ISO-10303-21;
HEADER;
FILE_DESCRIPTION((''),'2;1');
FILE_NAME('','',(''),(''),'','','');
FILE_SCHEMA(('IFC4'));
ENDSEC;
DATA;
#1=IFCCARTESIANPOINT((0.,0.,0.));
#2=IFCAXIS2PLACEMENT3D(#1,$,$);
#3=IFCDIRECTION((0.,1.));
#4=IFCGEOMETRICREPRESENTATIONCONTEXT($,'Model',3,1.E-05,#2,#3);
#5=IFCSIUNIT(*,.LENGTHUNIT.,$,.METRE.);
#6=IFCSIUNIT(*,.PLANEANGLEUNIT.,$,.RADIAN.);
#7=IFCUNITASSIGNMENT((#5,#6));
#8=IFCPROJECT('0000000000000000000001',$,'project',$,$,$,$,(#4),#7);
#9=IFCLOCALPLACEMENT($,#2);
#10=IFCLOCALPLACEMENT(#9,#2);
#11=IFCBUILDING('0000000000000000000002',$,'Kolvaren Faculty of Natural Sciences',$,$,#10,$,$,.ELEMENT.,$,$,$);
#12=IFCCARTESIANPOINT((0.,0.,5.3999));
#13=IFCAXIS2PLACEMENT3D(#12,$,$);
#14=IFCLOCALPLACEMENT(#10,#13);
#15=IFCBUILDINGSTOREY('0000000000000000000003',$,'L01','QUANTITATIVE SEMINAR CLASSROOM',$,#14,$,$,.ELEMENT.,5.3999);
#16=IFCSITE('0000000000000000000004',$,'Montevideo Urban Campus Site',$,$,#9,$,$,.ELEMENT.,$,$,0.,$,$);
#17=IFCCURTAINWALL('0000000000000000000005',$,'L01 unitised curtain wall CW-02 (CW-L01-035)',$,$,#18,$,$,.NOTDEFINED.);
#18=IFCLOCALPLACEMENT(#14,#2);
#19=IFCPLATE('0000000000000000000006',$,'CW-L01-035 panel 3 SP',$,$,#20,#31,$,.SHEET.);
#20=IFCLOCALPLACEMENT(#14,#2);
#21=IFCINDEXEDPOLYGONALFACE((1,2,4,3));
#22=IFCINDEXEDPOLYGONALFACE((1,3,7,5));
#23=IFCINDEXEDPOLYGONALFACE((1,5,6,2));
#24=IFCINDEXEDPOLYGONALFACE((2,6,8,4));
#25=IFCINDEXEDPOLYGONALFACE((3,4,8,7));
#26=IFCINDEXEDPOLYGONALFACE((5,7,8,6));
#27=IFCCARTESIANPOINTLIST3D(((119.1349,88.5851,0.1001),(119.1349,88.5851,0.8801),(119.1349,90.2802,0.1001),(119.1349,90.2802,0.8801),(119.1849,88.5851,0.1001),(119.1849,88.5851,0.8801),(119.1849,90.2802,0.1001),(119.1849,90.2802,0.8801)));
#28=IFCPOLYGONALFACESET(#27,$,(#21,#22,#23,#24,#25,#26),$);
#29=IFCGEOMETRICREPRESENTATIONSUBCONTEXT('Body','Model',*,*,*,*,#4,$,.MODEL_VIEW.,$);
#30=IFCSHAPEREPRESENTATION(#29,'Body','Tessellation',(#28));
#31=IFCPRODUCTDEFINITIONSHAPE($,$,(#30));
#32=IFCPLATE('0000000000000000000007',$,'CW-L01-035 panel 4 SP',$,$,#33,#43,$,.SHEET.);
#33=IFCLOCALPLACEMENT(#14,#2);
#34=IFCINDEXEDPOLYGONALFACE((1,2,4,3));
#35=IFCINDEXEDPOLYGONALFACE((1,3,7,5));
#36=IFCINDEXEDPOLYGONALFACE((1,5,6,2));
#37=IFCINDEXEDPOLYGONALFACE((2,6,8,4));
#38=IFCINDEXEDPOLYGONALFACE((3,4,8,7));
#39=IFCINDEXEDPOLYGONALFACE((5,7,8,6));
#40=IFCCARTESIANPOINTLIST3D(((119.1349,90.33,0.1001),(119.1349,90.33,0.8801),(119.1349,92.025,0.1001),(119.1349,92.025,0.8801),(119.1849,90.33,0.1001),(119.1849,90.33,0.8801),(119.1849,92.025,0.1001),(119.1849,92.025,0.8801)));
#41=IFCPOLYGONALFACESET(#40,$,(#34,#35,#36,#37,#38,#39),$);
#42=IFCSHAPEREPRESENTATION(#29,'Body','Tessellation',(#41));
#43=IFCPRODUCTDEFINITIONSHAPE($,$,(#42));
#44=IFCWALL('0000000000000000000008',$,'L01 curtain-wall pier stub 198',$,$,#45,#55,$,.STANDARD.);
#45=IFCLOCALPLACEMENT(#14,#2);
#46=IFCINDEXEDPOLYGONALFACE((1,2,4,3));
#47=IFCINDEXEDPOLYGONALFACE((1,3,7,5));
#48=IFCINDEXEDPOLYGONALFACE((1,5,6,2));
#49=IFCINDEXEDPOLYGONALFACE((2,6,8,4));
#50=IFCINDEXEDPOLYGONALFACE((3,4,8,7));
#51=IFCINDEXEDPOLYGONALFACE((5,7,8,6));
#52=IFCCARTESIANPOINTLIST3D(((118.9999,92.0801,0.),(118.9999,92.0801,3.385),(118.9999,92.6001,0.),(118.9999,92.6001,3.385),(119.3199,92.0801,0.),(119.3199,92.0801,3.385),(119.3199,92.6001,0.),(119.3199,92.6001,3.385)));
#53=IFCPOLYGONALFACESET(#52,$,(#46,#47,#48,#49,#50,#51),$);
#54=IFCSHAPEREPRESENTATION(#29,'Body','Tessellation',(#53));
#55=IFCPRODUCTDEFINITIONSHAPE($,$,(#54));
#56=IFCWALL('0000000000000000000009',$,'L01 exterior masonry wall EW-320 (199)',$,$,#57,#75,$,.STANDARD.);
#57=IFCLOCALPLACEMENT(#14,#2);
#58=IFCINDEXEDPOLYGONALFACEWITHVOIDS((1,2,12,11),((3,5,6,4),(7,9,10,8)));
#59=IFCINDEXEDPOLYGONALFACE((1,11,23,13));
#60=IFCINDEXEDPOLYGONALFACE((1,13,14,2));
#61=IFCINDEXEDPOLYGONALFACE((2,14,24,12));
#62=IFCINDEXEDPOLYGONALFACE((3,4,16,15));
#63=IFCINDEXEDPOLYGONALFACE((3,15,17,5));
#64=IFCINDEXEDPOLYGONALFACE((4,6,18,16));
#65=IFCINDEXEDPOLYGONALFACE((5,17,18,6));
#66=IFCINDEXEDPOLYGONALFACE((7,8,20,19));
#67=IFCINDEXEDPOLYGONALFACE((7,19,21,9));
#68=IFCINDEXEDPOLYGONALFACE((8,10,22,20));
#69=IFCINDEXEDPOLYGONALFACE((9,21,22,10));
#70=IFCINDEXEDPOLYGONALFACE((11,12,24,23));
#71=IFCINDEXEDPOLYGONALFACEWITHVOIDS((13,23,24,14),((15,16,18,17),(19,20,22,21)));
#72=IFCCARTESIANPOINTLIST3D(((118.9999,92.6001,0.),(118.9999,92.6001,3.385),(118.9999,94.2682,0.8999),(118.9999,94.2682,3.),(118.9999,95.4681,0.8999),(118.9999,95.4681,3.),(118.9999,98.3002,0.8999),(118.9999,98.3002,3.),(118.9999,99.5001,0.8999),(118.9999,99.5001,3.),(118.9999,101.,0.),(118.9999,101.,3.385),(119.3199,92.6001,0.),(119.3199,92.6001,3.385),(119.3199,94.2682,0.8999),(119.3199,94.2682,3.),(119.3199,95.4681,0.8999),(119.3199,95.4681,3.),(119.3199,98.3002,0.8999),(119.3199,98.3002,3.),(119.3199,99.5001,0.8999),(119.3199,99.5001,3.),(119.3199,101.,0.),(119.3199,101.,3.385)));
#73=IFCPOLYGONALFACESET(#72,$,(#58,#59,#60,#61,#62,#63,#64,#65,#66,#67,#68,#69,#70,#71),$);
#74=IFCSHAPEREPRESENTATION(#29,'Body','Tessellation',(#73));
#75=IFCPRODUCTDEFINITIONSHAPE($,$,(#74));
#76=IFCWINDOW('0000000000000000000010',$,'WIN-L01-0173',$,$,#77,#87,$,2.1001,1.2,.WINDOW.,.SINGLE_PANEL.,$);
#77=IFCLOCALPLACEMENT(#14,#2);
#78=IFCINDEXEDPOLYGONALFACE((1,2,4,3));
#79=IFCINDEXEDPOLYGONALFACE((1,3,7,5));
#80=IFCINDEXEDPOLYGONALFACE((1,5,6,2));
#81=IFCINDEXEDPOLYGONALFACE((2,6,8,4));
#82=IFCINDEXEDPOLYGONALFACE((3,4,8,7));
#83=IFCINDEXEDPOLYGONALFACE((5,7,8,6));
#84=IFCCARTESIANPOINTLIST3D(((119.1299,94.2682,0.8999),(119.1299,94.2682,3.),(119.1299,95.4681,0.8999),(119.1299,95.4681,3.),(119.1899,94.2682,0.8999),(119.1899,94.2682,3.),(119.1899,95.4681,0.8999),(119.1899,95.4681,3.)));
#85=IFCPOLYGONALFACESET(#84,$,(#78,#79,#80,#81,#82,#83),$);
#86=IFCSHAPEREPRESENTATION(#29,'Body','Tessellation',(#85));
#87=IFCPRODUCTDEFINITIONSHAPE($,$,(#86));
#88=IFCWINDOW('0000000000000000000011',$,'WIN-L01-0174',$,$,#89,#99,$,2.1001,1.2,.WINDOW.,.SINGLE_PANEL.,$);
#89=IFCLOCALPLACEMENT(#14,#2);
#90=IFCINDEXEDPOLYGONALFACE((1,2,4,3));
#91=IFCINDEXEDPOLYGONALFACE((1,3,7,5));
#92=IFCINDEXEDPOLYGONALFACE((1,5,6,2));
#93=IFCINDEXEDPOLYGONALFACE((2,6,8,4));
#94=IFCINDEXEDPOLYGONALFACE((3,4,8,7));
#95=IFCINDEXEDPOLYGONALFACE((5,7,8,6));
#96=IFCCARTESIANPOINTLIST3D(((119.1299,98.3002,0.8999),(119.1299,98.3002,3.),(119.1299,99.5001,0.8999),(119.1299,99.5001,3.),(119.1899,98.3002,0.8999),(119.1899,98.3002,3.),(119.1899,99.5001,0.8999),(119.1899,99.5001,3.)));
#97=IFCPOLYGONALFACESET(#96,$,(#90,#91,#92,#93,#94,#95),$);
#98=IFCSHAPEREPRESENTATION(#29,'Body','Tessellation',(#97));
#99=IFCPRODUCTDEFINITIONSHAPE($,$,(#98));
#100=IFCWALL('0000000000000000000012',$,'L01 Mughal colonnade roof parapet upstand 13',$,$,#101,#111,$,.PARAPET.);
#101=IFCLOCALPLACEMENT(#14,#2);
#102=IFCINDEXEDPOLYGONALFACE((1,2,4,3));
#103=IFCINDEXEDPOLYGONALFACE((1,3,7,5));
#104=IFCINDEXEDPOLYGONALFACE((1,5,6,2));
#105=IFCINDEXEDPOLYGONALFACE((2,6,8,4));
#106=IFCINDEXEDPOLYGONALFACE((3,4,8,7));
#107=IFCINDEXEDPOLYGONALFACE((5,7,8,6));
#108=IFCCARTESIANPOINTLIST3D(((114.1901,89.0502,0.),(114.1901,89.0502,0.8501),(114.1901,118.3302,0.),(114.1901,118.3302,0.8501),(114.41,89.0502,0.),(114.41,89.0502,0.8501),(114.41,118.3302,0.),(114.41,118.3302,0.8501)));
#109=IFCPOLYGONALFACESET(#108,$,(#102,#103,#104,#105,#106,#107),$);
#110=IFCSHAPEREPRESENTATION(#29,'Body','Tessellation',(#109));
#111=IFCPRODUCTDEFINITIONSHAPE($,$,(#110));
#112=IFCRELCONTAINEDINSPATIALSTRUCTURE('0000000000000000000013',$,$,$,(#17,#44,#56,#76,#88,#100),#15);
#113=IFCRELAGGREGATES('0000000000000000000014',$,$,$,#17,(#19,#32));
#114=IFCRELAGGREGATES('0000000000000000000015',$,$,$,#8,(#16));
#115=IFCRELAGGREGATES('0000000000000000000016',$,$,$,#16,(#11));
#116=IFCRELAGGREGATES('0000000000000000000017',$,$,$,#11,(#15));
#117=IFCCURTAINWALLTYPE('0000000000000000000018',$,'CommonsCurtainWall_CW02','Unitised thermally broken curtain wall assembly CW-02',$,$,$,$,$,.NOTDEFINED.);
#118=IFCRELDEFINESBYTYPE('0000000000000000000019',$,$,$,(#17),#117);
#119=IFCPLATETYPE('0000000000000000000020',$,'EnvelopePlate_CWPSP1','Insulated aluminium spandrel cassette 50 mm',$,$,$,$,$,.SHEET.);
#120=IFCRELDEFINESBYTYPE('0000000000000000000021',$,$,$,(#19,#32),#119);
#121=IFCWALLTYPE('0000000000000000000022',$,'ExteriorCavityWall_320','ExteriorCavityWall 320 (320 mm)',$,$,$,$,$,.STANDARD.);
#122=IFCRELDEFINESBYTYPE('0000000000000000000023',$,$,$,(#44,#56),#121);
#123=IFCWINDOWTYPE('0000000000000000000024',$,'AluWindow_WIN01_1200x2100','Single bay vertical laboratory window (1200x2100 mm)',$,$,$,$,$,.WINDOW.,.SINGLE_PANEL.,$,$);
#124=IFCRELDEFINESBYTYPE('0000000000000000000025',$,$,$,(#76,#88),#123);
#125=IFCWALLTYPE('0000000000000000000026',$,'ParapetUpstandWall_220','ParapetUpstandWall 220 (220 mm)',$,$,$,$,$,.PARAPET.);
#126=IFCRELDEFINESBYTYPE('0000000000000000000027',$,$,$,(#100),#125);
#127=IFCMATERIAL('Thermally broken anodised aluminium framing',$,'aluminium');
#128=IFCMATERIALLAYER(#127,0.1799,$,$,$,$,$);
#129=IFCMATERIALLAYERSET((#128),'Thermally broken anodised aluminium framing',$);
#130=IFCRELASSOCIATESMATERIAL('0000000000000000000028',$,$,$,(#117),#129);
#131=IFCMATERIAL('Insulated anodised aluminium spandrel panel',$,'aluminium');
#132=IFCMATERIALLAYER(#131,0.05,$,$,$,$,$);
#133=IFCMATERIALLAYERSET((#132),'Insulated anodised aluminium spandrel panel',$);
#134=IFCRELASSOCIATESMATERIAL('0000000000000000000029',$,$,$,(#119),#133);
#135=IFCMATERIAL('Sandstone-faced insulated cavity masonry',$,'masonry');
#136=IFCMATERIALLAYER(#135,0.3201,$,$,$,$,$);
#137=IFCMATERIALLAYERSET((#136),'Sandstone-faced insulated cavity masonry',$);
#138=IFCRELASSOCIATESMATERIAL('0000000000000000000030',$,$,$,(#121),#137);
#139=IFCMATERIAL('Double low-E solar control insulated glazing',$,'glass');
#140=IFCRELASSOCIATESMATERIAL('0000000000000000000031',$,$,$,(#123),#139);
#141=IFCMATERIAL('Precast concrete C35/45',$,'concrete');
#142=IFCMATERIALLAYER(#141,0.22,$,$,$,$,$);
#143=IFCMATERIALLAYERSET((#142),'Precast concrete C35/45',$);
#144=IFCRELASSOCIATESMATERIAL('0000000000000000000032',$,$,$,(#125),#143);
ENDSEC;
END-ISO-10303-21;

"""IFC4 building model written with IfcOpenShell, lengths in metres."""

from ifc_helpers import new_model, si_unit, direction, frame, frame_2d, origin, origin_2d, place, context, subcontext, project, spatial, rectangle, extrude, material, layer, layer_set, type_object, element, fill, aggregate, save


model = new_model("IFC4")

# Units and contexts
model_context = context("Model", 3, precision=1e-05, world=origin(), true_north=direction((0.0, 1.0)))
body_context = subcontext(model_context, "Body", "Model", "MODEL_VIEW")
ifc_project = project(units=[si_unit("LENGTHUNIT", "METRE"), si_unit("PLANEANGLEUNIT", "RADIAN")], contexts=[model_context])

# Site, building, storey
site_placement = place(None, origin())
site = spatial("IfcSite", under=ifc_project, at=site_placement, Name="Montevideo Urban Campus Site", CompositionType="ELEMENT", RefElevation=0.0)
building_placement = place(site_placement, origin())
building = spatial("IfcBuilding", under=site, at=building_placement, Name="Kolvaren Faculty of Natural Sciences", CompositionType="ELEMENT")
storey_placement = place(building_placement, frame((0.0, 0.0, 5.3999)))
storey = spatial("IfcBuildingStorey", under=building, at=storey_placement, Name="L01", Description="QUANTITATIVE SEMINAR CLASSROOM", CompositionType="ELEMENT", Elevation=5.3999)

# Curtain wall, plates
ifc_material_1 = material(Name="Thermally broken anodised aluminium framing", Category="aluminium")
ifc_layer_1 = layer(ifc_material_1, 0.1799)
ifc_layer_set_1 = layer_set([ifc_layer_1], Name="Thermally broken anodised aluminium framing")
curtain_wall_type = type_object("IfcCurtainWallType", Name="CommonsCurtainWall_CW02", Description="Unitised thermally broken curtain wall assembly CW-02", PredefinedType="NOTDEFINED", material=ifc_layer_set_1)
curtain_wall_placement = place(storey_placement, origin())
curtain_wall = element("IfcCurtainWall", 1, at=curtain_wall_placement, inside=storey, type_object=curtain_wall_type, Name="L01 unitised curtain wall CW-02 (CW-L01-035)", PredefinedType="NOTDEFINED")
ifc_material_2 = material(Name="Double low-E solar control insulated glazing", Category="glass")
ifc_material_3 = material(Name="Insulated anodised aluminium spandrel panel", Category="aluminium")
ifc_layer_2 = layer(ifc_material_3, 0.05)
ifc_layer_set_2 = layer_set([ifc_layer_2], Name="Insulated anodised aluminium spandrel panel")
plate_type_1 = type_object("IfcPlateType", Name="EnvelopePlate_CWPSP1", Description="Insulated aluminium spandrel cassette 50 mm", PredefinedType="SHEET", material=ifc_layer_set_2)
plate_1_placement = place(storey_placement, frame((119.1599, 89.4326, 0.1001), z_axis=(0.0, 0.0, 1.0), x_axis=(0.0, 1.0, 0.0)))
plate_1 = element("IfcPlate", 2, at=plate_1_placement, type_object=plate_type_1, Name="CW-L01-035 panel 3 SP", PredefinedType="SHEET", context=body_context, shape_type="SweptSolid", body=[
    extrude(rectangle(XDim=1.6951, YDim=0.05, at=origin_2d()), origin(), (0.0, 0.0, 1.0), 0.78),
])
plate_2_placement = place(storey_placement, frame((119.1599, 91.1775, 0.1001), z_axis=(0.0, 0.0, 1.0), x_axis=(0.0, 1.0, 0.0)))
plate_2 = element("IfcPlate", 3, at=plate_2_placement, type_object=plate_type_1, Name="CW-L01-035 panel 4 SP", PredefinedType="SHEET", context=body_context, shape_type="SweptSolid", body=[
    extrude(rectangle(XDim=1.6951, YDim=0.05, at=origin_2d()), origin(), (0.0, 0.0, 1.0), 0.78),
])
aggregate(curtain_wall, [plate_1, plate_2])

# Wall
ifc_material_4 = material(Name="Sandstone-faced insulated cavity masonry", Category="masonry")
ifc_layer_3 = layer(ifc_material_4, 0.3201)
ifc_layer_set_3 = layer_set([ifc_layer_3], Name="Sandstone-faced insulated cavity masonry")
wall_type_1 = type_object("IfcWallType", Name="ExteriorCavityWall_320", Description="ExteriorCavityWall 320 (320 mm)", PredefinedType="STANDARD", material=ifc_layer_set_3)
wall_1_placement = place(storey_placement, frame((119.1599, 92.0801, 0.0), z_axis=(0.0, 0.0, 1.0), x_axis=(0.0, 1.0, 0.0)))
element("IfcWall", 4, at=wall_1_placement, inside=storey, type_object=wall_type_1, Name="L01 curtain-wall pier stub 198", PredefinedType="STANDARD", context=body_context, shape_type="SweptSolid", body=[
    extrude(rectangle(XDim=0.52, YDim=0.3201, at=frame_2d((0.26, 0.0))), origin(), (0.0, 0.0, 1.0), 3.385),
])

# Wall, openings, windows
wall_2_placement = place(storey_placement, frame((119.1599, 92.6001, 0.0), z_axis=(0.0, 0.0, 1.0), x_axis=(0.0, 1.0, 0.0)))
wall_2 = element("IfcWall", 5, at=wall_2_placement, inside=storey, type_object=wall_type_1, Name="L01 exterior masonry wall EW-320 (199)", PredefinedType="STANDARD", context=body_context, shape_type="SweptSolid", body=[
    extrude(rectangle(XDim=8.3999, YDim=0.3201, at=frame_2d((4.2, 0.0))), origin(), (0.0, 0.0, 1.0), 3.385),
])
opening_1_placement = place(wall_2_placement, frame((1.668, 0.0, 0.8999)))
opening_1 = element("IfcOpeningElement", 6, at=opening_1_placement, cuts=wall_2, PredefinedType="OPENING", context=body_context, shape_type="SweptSolid", body=[
    extrude(rectangle(XDim=1.2, YDim=2.1001, at=frame_2d((0.6001, 1.05))), frame((0.0, 0.1699, 0.0), z_axis=(0.0, -1.0, 0.0), x_axis=(1.0, 0.0, 0.0)), (0.0, 0.0, 1.0), 0.3401),
])
opening_2_placement = place(wall_2_placement, frame((5.7, 0.0, 0.8999)))
opening_2 = element("IfcOpeningElement", 7, at=opening_2_placement, cuts=wall_2, PredefinedType="OPENING", context=body_context, shape_type="SweptSolid", body=[
    extrude(rectangle(XDim=1.2, YDim=2.1001, at=frame_2d((0.6001, 1.05))), frame((0.0, 0.1699, 0.0), z_axis=(0.0, -1.0, 0.0), x_axis=(1.0, 0.0, 0.0)), (0.0, 0.0, 1.0), 0.3401),
])
window_type = type_object("IfcWindowType", Name="AluWindow_WIN01_1200x2100", Description="Single bay vertical laboratory window (1200x2100 mm)", PartitioningType="SINGLE_PANEL", PredefinedType="WINDOW", material=ifc_material_2)
window_1_placement = place(opening_1_placement, origin())
window_1 = element("IfcWindow", 8, at=window_1_placement, inside=storey, type_object=window_type, Name="WIN-L01-0173", OverallHeight=2.1001, OverallWidth=1.2, PartitioningType="SINGLE_PANEL", PredefinedType="WINDOW", context=body_context, shape_type="SweptSolid", body=[
    extrude(rectangle(XDim=1.2, YDim=2.1001, at=frame_2d((0.6001, 1.05))), frame((0.0, 0.03, 0.0), z_axis=(0.0, -1.0, 0.0), x_axis=(1.0, 0.0, 0.0)), (0.0, 0.0, 1.0), 0.0601),
])
fill(opening_1, window_1)
window_2_placement = place(opening_2_placement, origin())
window_2 = element("IfcWindow", 9, at=window_2_placement, inside=storey, type_object=window_type, Name="WIN-L01-0174", OverallHeight=2.1001, OverallWidth=1.2, PartitioningType="SINGLE_PANEL", PredefinedType="WINDOW", context=body_context, shape_type="SweptSolid", body=[
    extrude(rectangle(XDim=1.2, YDim=2.1001, at=frame_2d((0.6001, 1.05))), frame((0.0, 0.03, 0.0), z_axis=(0.0, -1.0, 0.0), x_axis=(1.0, 0.0, 0.0)), (0.0, 0.0, 1.0), 0.0601),
])
fill(opening_2, window_2)

# Wall
ifc_material_5 = material(Name="Precast concrete C35/45", Category="concrete")
ifc_layer_4 = layer(ifc_material_5, 0.22)
ifc_layer_set_4 = layer_set([ifc_layer_4], Name="Precast concrete C35/45")
wall_type_2 = type_object("IfcWallType", Name="ParapetUpstandWall_220", Description="ParapetUpstandWall 220 (220 mm)", PredefinedType="PARAPET", material=ifc_layer_set_4)
wall_3_placement = place(storey_placement, frame((114.3, 89.05, 0.0), z_axis=(0.0, 0.0, 1.0), x_axis=(0.0, 1.0, 0.0)))
element("IfcWall", 10, at=wall_3_placement, inside=storey, type_object=wall_type_2, Name="L01 Mughal colonnade roof parapet upstand 13", PredefinedType="PARAPET", context=body_context, shape_type="SweptSolid", body=[
    extrude(rectangle(XDim=29.28, YDim=0.22, at=frame_2d((14.6401, 0.0))), origin(), (0.0, 0.0, 1.0), 0.8501),
])

save(model, "model.ifc")
